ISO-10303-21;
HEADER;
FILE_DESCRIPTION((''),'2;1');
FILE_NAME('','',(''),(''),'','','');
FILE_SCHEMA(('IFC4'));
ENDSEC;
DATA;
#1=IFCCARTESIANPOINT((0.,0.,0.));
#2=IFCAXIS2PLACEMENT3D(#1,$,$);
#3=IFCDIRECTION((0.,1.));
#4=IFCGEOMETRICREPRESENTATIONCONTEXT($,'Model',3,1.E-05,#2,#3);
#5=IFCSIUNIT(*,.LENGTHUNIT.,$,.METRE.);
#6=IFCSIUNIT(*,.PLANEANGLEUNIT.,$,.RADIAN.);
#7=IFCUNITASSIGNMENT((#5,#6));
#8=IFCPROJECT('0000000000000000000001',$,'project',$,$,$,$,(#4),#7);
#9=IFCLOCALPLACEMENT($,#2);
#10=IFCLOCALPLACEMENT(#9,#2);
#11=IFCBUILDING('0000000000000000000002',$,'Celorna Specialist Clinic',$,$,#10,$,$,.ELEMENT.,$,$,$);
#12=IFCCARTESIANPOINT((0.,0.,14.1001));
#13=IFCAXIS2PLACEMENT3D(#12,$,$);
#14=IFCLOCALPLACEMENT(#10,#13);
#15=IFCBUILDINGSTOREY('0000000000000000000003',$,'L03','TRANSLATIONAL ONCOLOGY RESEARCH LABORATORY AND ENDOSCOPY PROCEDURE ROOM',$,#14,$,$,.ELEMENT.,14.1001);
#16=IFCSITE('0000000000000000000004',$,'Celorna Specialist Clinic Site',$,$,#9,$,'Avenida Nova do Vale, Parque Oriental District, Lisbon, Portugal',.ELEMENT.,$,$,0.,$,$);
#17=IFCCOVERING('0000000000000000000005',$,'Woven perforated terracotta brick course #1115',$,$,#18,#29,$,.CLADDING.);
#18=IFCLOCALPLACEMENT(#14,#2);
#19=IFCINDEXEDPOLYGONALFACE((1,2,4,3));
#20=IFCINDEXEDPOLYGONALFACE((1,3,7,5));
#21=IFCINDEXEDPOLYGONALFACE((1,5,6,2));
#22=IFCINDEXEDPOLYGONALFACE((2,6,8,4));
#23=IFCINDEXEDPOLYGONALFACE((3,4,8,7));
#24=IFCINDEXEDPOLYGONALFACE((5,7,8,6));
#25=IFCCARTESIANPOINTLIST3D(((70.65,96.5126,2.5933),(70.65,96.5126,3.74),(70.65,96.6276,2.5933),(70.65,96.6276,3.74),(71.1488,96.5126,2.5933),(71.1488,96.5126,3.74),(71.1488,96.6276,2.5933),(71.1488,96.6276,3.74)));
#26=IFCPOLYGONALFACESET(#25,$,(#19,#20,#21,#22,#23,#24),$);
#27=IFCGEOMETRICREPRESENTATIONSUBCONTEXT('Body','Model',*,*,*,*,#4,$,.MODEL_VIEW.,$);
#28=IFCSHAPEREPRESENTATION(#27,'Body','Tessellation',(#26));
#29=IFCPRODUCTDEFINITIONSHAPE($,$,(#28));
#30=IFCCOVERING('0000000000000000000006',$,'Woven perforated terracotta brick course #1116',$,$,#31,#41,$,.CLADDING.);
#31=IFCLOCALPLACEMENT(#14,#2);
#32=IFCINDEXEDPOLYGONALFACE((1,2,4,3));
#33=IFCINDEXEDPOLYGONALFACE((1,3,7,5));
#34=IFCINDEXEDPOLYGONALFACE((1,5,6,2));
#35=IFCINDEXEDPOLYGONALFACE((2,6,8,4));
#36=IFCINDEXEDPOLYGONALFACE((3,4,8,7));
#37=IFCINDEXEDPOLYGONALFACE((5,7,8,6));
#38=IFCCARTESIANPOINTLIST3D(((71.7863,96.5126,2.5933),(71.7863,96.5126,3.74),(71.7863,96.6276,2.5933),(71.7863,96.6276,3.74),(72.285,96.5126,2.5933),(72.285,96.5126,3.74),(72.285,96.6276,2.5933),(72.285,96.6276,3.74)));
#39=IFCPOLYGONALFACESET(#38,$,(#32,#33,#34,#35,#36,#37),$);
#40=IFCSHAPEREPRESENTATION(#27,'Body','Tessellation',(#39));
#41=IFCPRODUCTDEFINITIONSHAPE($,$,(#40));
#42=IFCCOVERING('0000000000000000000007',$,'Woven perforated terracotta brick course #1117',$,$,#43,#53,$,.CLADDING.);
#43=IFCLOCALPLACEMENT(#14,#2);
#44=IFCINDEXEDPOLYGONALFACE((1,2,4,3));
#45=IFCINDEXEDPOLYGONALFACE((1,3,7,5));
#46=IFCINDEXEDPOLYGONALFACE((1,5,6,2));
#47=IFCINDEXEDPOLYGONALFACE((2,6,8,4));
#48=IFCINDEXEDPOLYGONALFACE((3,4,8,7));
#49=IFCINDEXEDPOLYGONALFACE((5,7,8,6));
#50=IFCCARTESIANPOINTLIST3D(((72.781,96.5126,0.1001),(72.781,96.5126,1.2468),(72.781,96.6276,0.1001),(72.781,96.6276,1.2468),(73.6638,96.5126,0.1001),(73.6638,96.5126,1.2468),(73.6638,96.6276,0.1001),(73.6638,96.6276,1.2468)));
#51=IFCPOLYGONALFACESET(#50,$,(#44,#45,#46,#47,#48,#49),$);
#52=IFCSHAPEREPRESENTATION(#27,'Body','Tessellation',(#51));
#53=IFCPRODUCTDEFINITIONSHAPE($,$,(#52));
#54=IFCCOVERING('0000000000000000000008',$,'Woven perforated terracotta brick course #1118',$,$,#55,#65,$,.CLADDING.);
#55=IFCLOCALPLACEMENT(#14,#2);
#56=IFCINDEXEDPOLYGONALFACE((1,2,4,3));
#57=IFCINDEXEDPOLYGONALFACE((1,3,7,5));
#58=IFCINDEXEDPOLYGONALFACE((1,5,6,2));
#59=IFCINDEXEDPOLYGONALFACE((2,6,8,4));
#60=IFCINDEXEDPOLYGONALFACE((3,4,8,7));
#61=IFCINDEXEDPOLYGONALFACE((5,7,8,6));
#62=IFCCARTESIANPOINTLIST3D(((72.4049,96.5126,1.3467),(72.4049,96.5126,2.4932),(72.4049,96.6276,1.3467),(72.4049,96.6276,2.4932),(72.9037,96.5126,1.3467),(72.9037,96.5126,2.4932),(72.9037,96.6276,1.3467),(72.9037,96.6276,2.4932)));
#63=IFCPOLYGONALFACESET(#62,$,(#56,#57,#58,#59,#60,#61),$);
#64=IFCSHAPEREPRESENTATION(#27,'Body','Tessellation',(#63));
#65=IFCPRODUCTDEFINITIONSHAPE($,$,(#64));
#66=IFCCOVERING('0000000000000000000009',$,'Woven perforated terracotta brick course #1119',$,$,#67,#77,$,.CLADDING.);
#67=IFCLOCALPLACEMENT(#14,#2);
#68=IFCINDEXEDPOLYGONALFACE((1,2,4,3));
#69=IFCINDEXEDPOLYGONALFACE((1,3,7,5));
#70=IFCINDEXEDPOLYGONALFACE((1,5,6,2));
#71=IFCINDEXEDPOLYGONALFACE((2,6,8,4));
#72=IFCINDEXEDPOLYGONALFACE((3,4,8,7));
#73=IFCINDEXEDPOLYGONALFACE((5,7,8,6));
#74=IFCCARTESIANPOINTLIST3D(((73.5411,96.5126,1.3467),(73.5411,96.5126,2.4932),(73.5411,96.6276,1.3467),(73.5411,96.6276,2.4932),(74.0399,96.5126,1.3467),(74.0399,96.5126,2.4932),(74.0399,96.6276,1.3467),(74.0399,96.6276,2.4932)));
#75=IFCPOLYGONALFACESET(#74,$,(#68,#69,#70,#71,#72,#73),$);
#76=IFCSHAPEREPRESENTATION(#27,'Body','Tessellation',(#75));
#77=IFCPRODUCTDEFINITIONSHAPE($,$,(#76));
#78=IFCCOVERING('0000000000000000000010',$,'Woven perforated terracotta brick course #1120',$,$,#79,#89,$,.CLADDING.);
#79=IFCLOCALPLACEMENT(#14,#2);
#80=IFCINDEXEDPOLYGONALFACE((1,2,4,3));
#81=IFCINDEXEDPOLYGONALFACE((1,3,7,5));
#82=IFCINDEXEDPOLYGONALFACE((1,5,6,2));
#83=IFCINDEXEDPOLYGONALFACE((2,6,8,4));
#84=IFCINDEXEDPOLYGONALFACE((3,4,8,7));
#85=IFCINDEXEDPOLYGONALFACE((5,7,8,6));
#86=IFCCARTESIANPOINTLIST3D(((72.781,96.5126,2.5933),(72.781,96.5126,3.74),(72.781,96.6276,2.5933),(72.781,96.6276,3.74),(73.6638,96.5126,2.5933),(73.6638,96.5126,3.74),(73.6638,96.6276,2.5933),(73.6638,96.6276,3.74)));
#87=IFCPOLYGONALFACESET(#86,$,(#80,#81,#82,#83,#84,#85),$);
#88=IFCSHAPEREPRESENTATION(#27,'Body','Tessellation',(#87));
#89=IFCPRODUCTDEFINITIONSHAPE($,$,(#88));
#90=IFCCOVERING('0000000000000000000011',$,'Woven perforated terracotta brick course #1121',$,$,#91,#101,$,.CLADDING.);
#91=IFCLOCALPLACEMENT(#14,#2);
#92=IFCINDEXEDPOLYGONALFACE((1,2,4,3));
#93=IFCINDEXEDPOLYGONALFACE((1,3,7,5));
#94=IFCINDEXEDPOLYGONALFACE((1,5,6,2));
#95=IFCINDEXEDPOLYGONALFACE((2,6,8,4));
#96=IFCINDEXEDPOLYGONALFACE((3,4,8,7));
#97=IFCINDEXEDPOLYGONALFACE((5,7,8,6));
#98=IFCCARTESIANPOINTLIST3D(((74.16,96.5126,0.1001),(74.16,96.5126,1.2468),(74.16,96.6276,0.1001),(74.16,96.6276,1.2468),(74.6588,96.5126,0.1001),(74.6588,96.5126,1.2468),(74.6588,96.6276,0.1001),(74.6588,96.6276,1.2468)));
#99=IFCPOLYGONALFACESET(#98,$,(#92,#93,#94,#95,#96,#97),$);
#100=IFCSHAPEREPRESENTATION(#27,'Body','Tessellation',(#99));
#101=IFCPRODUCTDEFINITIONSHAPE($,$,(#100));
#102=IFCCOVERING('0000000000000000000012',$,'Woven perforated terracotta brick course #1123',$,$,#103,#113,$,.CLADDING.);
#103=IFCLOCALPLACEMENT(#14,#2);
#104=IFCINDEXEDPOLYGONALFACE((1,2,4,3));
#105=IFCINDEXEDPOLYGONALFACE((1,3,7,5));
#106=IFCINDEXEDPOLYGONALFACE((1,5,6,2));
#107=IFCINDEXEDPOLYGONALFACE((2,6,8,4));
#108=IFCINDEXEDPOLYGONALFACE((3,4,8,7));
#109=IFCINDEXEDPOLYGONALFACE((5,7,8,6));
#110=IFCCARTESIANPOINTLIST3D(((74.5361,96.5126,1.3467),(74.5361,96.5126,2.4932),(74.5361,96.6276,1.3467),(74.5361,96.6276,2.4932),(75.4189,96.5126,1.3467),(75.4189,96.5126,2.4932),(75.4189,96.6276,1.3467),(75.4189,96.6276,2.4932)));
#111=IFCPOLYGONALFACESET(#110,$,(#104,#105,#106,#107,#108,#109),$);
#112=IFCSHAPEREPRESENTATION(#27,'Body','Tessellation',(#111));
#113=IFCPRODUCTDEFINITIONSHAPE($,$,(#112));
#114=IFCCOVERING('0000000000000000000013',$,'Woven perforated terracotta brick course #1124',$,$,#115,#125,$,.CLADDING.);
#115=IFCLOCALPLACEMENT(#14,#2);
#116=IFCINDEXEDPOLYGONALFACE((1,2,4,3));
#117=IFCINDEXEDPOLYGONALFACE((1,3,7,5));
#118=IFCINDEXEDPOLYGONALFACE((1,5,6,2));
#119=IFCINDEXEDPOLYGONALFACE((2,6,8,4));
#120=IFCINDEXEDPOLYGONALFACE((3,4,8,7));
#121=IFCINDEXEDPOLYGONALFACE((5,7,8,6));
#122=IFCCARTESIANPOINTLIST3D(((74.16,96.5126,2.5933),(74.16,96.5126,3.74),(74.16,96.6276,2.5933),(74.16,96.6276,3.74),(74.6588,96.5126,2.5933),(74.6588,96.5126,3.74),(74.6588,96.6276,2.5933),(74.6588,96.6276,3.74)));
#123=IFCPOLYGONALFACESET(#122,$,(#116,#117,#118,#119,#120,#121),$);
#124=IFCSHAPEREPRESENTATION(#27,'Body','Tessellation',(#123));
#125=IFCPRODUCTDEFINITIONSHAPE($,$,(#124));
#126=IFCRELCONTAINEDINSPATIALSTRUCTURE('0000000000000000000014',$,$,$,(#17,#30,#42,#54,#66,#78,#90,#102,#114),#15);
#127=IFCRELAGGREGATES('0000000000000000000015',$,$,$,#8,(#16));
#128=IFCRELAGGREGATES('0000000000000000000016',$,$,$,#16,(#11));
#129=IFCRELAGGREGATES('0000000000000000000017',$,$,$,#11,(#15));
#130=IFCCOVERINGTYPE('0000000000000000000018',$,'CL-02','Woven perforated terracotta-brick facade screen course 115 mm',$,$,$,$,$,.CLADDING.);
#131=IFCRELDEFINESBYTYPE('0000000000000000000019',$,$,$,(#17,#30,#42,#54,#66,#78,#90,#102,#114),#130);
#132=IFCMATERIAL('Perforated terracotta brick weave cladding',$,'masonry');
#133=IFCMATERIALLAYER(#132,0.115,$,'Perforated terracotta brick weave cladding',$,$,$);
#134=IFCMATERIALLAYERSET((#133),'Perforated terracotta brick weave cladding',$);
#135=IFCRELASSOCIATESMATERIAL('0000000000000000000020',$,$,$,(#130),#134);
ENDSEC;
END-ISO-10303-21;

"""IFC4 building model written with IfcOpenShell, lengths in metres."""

from ifc_helpers import new_model, si_unit, direction, frame, origin, origin_2d, place, context, subcontext, project, spatial, rectangle, extrude, material, layer, layer_set, type_object, element, save


model = new_model("IFC4")

# Units and contexts
model_context = context("Model", 3, precision=1e-05, world=origin(), true_north=direction((0.0, 1.0)))
body_context = subcontext(model_context, "Body", "Model", "MODEL_VIEW")
ifc_project = project(units=[si_unit("LENGTHUNIT", "METRE"), si_unit("PLANEANGLEUNIT", "RADIAN")], contexts=[model_context])

# Site, building, storey
site_placement = place(None, origin())
site = spatial("IfcSite", under=ifc_project, at=site_placement, Name="Celorna Specialist Clinic Site", LongName="Avenida Nova do Vale, Parque Oriental District, Lisbon, Portugal", CompositionType="ELEMENT", RefElevation=0.0)
building_placement = place(site_placement, origin())
building = spatial("IfcBuilding", under=site, at=building_placement, Name="Celorna Specialist Clinic", CompositionType="ELEMENT")
storey_placement = place(building_placement, frame((0.0, 0.0, 14.1001)))
storey = spatial("IfcBuildingStorey", under=building, at=storey_placement, Name="L03", Description="TRANSLATIONAL ONCOLOGY RESEARCH LABORATORY AND ENDOSCOPY PROCEDURE ROOM", CompositionType="ELEMENT", Elevation=14.1001)

# Coverings
ifc_material_1 = material(Name="Perforated terracotta brick weave cladding", Category="masonry")
ifc_layer = layer(ifc_material_1, 0.115, Name="Perforated terracotta brick weave cladding")
ifc_layer_set = layer_set([ifc_layer], Name="Perforated terracotta brick weave cladding")
covering_type = type_object("IfcCoveringType", Name="CL-02", Description="Woven perforated terracotta-brick facade screen course 115 mm", PredefinedType="CLADDING", material=ifc_layer_set)
for number, where, z_axis, x_axis, name in (
    (1, (70.8994, 96.5701, 2.5933), (0.0, 0.0, 1.0), (1.0, 0.0, 0.0), "Woven perforated terracotta brick course #1115"),
    (2, (72.0356, 96.5701, 2.5933), (0.0, 0.0, 1.0), (1.0, 0.0, 0.0), "Woven perforated terracotta brick course #1116"),
):
    element("IfcCovering", number, at=place(storey_placement, frame(where, z_axis=z_axis, x_axis=x_axis)), inside=storey, type_object=covering_type, Name=name, PredefinedType="CLADDING", context=body_context, shape_type="SweptSolid", body=[
        extrude(rectangle(XDim=0.4988, YDim=0.115, at=origin_2d()), origin(), (0.0, 0.0, 1.0), 1.1467),
    ])
covering_1_placement = place(storey_placement, frame((73.2224, 96.5701, 0.1001), z_axis=(0.0, 0.0, 1.0), x_axis=(1.0, 0.0, 0.0)))
element("IfcCovering", 3, at=covering_1_placement, inside=storey, type_object=covering_type, Name="Woven perforated terracotta brick course #1117", PredefinedType="CLADDING", context=body_context, shape_type="SweptSolid", body=[
    extrude(rectangle(XDim=0.8828, YDim=0.115, at=origin_2d()), origin(), (0.0, 0.0, 1.0), 1.1467),
])
for number, where, z_axis, x_axis, name in (
    (4, (72.6543, 96.5701, 1.3467), (0.0, 0.0, 1.0), (1.0, 0.0, 0.0), "Woven perforated terracotta brick course #1118"),
    (5, (73.7905, 96.5701, 1.3467), (0.0, 0.0, 1.0), (1.0, 0.0, 0.0), "Woven perforated terracotta brick course #1119"),
):
    element("IfcCovering", number, at=place(storey_placement, frame(where, z_axis=z_axis, x_axis=x_axis)), inside=storey, type_object=covering_type, Name=name, PredefinedType="CLADDING", context=body_context, shape_type="SweptSolid", body=[
        extrude(rectangle(XDim=0.4988, YDim=0.115, at=origin_2d()), origin(), (0.0, 0.0, 1.0), 1.1465),
    ])
covering_2_placement = place(storey_placement, frame((73.2224, 96.5701, 2.5933), z_axis=(0.0, 0.0, 1.0), x_axis=(1.0, 0.0, 0.0)))
element("IfcCovering", 6, at=covering_2_placement, inside=storey, type_object=covering_type, Name="Woven perforated terracotta brick course #1120", PredefinedType="CLADDING", context=body_context, shape_type="SweptSolid", body=[
    extrude(rectangle(XDim=0.8828, YDim=0.115, at=origin_2d()), origin(), (0.0, 0.0, 1.0), 1.1467),
])
covering_3_placement = place(storey_placement, frame((74.4094, 96.5701, 0.1001), z_axis=(0.0, 0.0, 1.0), x_axis=(1.0, 0.0, 0.0)))
element("IfcCovering", 7, at=covering_3_placement, inside=storey, type_object=covering_type, Name="Woven perforated terracotta brick course #1121", PredefinedType="CLADDING", context=body_context, shape_type="SweptSolid", body=[
    extrude(rectangle(XDim=0.4988, YDim=0.115, at=origin_2d()), origin(), (0.0, 0.0, 1.0), 1.1467),
])
covering_4_placement = place(storey_placement, frame((74.9775, 96.5701, 1.3467), z_axis=(0.0, 0.0, 1.0), x_axis=(1.0, 0.0, 0.0)))
element("IfcCovering", 8, at=covering_4_placement, inside=storey, type_object=covering_type, Name="Woven perforated terracotta brick course #1123", PredefinedType="CLADDING", context=body_context, shape_type="SweptSolid", body=[
    extrude(rectangle(XDim=0.8828, YDim=0.115, at=origin_2d()), origin(), (0.0, 0.0, 1.0), 1.1465),
])
covering_5_placement = place(storey_placement, frame((74.4094, 96.5701, 2.5933), z_axis=(0.0, 0.0, 1.0), x_axis=(1.0, 0.0, 0.0)))
element("IfcCovering", 9, at=covering_5_placement, inside=storey, type_object=covering_type, Name="Woven perforated terracotta brick course #1124", PredefinedType="CLADDING", context=body_context, shape_type="SweptSolid", body=[
    extrude(rectangle(XDim=0.4988, YDim=0.115, at=origin_2d()), origin(), (0.0, 0.0, 1.0), 1.1467),
])

save(model, "model.ifc")
